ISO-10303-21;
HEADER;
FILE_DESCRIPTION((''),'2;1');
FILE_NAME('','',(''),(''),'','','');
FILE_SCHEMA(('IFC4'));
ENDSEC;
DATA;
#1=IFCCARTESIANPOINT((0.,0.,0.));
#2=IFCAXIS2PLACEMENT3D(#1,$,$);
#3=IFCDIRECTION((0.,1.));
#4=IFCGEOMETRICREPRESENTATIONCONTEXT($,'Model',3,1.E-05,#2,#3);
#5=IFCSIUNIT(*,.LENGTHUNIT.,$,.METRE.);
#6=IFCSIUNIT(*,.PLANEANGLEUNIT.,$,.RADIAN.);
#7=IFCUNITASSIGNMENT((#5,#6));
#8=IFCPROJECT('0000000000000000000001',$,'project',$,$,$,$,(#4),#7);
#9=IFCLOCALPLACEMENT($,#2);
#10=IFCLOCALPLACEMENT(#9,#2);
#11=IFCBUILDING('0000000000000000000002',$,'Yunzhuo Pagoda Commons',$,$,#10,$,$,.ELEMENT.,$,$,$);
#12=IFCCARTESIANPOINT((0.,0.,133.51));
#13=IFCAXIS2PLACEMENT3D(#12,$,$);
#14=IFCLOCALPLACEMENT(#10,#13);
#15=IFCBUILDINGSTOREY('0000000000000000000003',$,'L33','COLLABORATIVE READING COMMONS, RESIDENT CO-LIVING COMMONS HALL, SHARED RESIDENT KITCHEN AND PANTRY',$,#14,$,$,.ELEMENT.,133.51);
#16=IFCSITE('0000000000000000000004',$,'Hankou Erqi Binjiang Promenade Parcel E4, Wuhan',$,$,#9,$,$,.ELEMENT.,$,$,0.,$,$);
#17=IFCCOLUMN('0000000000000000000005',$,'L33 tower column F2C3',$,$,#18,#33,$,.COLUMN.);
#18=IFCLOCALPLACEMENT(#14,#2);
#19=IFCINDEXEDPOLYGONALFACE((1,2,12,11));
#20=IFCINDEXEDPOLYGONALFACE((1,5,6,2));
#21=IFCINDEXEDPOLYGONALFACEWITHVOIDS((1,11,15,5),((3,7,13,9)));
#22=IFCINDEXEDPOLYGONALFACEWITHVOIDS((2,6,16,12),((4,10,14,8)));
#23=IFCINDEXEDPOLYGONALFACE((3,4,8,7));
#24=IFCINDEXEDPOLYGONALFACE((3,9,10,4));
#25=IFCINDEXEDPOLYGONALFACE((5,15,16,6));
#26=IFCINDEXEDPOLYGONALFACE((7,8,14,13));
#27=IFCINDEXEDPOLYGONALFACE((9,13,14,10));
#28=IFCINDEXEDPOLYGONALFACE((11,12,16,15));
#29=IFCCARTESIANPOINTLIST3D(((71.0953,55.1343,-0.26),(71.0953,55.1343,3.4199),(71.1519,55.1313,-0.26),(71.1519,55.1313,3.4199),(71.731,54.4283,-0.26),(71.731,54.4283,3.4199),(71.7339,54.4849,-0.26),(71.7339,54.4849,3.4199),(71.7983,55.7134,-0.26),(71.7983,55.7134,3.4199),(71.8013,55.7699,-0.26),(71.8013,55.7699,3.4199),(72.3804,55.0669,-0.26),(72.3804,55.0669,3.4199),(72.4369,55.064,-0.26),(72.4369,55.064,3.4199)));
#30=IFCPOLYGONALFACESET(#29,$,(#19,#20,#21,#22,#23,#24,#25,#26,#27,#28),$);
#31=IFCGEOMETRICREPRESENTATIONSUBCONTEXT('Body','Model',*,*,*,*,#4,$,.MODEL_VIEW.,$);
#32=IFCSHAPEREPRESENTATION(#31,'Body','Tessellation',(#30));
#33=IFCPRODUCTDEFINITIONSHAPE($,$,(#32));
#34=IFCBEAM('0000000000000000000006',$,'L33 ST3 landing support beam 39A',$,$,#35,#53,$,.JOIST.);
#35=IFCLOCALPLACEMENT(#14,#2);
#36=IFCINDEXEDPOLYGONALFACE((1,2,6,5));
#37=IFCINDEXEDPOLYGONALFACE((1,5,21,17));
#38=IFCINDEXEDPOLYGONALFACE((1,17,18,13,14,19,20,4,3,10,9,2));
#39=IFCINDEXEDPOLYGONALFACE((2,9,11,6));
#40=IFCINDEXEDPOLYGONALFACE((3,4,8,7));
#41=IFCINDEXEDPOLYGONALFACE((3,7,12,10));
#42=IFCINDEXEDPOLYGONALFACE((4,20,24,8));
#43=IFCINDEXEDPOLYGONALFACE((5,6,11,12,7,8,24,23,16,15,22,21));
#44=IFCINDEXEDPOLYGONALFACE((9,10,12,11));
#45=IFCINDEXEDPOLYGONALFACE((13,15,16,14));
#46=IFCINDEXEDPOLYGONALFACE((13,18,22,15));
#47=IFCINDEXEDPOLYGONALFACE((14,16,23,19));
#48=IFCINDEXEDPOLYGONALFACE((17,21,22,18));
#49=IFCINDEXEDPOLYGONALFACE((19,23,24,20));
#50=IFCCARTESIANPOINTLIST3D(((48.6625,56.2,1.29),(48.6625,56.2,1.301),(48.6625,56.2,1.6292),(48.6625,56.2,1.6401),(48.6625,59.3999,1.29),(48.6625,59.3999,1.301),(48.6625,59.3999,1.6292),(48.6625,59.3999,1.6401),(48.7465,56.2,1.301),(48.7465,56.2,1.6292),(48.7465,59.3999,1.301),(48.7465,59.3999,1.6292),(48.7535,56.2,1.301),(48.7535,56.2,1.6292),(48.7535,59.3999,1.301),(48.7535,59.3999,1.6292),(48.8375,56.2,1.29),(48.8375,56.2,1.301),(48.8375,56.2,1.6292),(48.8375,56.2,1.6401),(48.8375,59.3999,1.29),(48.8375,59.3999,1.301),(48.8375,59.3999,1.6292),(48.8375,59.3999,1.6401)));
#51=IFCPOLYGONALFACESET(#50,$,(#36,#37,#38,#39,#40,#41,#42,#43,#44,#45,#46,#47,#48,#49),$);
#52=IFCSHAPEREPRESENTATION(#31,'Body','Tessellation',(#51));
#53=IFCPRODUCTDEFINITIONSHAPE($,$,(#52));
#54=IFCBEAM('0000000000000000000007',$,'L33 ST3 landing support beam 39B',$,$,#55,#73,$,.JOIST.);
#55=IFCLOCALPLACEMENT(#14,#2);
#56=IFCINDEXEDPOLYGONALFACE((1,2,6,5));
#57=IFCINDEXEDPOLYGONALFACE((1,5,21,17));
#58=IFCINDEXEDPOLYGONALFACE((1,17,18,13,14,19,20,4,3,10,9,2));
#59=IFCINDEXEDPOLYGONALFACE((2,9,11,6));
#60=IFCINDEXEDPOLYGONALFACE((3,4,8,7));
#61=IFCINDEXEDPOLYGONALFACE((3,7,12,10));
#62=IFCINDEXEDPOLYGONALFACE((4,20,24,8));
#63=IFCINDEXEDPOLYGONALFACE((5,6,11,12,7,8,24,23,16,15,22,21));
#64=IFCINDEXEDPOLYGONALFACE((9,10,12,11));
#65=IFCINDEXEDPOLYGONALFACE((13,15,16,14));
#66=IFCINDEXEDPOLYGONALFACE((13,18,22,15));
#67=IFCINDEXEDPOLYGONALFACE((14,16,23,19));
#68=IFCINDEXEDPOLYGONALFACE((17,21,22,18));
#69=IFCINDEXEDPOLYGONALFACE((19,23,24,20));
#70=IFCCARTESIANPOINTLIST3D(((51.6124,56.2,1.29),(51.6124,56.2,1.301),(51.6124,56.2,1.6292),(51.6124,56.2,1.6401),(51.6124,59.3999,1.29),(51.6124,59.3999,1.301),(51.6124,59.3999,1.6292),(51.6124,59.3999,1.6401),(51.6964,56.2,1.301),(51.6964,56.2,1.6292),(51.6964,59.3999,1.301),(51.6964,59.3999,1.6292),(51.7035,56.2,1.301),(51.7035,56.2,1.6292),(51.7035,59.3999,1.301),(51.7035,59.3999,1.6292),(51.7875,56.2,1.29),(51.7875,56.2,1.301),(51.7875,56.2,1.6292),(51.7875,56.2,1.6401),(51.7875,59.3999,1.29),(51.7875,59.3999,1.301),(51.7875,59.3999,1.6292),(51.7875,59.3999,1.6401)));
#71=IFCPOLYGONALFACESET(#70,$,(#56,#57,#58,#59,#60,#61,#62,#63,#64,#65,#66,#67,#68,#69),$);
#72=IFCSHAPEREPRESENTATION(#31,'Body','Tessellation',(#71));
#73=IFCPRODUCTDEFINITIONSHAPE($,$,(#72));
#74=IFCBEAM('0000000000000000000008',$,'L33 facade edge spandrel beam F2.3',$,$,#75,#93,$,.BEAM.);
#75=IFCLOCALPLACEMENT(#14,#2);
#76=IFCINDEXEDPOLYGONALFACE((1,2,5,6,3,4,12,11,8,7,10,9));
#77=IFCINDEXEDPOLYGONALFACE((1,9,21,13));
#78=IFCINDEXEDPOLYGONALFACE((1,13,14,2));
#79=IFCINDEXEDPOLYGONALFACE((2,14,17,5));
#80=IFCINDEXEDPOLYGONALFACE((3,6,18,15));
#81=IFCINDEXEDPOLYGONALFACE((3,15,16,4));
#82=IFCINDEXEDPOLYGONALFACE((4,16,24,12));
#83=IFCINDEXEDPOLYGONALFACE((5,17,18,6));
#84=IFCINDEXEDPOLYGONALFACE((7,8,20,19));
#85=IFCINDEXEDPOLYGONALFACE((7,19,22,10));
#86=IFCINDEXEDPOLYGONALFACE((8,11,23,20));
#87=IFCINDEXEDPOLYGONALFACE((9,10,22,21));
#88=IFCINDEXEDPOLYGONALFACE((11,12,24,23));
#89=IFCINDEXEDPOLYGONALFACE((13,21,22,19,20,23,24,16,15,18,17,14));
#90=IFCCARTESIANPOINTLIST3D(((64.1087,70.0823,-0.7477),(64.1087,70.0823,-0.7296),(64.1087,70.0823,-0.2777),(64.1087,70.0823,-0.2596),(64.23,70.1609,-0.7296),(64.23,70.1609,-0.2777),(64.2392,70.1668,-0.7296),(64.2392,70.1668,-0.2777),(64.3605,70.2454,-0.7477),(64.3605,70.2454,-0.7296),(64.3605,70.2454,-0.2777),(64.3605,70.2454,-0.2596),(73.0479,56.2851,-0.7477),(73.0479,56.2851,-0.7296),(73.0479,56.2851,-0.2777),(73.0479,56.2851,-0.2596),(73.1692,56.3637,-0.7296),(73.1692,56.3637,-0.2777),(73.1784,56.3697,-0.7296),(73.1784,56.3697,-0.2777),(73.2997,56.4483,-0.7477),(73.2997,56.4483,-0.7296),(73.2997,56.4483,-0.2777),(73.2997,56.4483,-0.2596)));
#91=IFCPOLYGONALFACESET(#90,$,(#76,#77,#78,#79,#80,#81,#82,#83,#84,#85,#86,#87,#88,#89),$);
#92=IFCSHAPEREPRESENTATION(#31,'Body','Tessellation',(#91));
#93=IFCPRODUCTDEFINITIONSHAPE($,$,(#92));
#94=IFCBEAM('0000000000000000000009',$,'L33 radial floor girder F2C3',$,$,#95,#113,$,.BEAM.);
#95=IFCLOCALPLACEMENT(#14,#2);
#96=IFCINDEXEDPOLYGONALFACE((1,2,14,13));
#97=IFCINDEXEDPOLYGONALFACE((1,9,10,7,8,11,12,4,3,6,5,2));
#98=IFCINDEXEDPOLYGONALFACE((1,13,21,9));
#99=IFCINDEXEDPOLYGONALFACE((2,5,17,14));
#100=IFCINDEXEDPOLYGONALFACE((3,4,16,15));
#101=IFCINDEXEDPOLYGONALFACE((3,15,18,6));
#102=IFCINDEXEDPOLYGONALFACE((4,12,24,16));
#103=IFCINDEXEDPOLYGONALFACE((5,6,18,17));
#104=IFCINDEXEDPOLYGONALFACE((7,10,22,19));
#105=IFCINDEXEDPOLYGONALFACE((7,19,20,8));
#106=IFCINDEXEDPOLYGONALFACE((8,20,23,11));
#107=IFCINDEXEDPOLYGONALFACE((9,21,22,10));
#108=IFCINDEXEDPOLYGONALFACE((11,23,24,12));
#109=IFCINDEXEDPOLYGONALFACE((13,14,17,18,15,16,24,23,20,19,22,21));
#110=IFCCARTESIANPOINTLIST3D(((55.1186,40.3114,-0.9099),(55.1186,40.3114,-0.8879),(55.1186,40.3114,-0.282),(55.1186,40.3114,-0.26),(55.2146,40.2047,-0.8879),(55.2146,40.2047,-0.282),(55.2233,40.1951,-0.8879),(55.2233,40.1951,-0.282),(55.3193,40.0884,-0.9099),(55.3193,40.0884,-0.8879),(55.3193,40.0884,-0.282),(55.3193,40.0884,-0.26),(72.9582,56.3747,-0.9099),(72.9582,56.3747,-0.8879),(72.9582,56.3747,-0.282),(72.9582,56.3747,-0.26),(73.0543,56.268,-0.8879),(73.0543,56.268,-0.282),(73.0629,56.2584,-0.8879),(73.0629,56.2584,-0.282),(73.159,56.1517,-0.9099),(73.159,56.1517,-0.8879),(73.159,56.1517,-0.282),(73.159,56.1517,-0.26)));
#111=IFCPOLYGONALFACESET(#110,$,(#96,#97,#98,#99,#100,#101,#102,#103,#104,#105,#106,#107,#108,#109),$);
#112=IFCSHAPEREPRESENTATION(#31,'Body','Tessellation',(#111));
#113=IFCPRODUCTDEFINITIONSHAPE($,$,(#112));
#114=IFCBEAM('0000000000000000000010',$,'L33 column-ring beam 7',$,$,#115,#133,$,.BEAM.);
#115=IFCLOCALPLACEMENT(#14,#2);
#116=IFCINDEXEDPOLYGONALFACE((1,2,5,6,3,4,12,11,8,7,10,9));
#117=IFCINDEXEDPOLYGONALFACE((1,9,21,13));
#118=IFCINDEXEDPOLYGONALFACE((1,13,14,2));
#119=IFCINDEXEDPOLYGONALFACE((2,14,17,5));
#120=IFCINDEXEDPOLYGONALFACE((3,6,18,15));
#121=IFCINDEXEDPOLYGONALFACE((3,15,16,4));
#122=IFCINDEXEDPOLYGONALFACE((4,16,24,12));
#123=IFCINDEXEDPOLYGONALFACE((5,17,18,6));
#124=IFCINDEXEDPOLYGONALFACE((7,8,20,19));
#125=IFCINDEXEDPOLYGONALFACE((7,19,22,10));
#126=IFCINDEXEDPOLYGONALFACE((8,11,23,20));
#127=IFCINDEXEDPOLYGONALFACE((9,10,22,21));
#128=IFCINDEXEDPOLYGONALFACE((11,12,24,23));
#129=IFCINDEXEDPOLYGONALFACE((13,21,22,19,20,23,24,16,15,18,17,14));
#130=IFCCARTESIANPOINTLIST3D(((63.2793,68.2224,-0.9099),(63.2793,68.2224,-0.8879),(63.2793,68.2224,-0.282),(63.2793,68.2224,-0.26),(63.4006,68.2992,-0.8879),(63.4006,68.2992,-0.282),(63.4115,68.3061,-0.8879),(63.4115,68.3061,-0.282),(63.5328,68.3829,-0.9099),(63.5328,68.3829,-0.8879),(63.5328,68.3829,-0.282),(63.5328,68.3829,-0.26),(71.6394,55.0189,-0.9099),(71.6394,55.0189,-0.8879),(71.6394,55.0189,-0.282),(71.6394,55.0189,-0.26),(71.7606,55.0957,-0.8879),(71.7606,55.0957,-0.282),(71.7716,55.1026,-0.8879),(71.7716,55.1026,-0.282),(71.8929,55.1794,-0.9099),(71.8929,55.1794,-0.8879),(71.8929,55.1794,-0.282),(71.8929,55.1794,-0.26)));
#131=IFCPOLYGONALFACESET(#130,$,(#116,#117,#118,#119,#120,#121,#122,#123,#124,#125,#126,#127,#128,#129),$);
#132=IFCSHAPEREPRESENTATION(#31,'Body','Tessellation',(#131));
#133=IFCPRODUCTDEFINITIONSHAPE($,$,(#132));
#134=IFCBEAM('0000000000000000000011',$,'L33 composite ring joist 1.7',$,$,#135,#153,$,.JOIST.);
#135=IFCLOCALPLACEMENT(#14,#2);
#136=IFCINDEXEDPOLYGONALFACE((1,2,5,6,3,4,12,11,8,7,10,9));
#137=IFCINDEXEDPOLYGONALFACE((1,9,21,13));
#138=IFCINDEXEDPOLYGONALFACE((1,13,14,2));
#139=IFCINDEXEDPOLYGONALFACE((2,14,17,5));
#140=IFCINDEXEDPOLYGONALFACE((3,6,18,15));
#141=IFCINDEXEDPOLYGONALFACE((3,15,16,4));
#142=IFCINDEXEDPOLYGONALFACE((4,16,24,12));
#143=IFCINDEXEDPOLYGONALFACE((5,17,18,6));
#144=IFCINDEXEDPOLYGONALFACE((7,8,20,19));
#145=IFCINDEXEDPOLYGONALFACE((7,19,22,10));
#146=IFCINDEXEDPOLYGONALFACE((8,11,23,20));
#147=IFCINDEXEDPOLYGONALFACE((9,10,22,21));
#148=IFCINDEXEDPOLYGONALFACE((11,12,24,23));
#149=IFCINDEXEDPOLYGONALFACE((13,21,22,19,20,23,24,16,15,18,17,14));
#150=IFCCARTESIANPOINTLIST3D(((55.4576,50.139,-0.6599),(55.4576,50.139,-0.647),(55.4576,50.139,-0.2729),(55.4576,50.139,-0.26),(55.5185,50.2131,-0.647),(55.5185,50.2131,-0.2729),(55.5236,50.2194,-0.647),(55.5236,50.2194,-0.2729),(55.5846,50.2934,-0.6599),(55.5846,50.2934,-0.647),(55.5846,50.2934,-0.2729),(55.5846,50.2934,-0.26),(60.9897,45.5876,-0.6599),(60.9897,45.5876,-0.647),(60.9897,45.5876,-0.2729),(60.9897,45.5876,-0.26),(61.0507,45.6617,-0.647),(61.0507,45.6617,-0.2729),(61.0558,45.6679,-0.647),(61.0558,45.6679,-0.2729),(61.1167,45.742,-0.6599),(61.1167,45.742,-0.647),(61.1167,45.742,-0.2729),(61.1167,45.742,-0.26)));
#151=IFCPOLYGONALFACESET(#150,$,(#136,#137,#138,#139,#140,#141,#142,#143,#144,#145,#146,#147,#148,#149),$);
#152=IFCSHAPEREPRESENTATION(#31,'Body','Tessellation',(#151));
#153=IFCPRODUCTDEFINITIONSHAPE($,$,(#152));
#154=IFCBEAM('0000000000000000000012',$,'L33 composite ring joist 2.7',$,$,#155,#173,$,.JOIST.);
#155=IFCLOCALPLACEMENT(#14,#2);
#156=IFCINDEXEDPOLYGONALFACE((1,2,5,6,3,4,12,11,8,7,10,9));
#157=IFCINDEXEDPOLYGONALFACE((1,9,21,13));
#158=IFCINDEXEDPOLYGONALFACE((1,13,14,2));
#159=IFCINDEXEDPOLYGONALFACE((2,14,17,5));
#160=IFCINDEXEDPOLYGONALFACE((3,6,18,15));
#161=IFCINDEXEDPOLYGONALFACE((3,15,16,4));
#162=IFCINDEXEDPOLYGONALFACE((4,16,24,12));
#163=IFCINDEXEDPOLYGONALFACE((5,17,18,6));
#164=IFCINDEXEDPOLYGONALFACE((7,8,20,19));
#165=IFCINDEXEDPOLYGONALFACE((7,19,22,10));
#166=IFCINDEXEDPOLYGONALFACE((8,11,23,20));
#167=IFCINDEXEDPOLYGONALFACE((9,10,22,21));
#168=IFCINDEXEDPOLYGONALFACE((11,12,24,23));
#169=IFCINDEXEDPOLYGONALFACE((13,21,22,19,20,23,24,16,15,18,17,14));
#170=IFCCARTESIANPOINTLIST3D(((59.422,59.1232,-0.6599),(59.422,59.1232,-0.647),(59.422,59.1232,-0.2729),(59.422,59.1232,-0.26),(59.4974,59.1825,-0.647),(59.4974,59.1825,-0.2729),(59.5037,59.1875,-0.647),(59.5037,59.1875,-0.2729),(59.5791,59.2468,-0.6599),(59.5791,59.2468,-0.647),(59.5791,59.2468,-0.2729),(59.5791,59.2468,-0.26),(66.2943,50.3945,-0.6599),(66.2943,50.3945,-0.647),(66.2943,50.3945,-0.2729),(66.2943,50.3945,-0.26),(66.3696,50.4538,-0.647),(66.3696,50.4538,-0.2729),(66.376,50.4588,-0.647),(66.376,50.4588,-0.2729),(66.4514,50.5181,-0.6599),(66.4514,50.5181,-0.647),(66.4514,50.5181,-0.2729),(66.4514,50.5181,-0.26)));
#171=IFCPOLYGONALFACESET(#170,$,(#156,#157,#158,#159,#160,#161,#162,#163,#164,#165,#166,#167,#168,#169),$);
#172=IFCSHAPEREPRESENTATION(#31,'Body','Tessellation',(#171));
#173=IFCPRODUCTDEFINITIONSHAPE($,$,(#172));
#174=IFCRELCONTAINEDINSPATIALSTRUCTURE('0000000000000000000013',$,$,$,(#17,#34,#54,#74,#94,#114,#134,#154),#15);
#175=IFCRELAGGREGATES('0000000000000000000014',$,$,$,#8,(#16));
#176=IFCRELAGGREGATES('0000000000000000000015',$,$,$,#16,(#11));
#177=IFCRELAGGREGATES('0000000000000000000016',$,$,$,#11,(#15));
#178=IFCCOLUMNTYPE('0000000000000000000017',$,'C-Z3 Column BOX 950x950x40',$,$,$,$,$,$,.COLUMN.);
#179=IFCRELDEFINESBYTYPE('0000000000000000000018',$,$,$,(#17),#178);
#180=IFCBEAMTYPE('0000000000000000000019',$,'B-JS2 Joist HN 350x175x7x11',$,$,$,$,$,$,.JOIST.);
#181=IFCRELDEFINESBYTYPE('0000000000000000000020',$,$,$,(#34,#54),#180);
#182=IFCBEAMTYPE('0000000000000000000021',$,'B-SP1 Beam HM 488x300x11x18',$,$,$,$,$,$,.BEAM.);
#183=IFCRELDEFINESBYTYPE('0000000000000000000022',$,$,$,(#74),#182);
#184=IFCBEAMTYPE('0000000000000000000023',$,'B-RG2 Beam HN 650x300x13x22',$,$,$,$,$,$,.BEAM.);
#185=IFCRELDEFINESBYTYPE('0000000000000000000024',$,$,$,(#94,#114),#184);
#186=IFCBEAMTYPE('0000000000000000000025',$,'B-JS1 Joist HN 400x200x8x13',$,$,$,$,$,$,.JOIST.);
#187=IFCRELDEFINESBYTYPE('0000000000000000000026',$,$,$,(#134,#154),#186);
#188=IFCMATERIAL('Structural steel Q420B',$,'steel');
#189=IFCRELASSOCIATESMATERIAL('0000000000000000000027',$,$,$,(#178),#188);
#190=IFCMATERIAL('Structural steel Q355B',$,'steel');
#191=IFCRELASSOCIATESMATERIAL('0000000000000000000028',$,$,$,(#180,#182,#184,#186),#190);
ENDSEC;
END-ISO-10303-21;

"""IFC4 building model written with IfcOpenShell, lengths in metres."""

from ifc_helpers import new_model, si_unit, direction, frame, origin, origin_2d, place, context, subcontext, project, spatial, hollow_rectangle, i_section, extrude, source, transform, mapped, material, material_profile, profile_set, type_object, element, save


model = new_model("IFC4")

# Units and contexts
model_context = context("Model", 3, precision=1e-05, world=origin(), true_north=direction((0.0, 1.0)))
body_context = subcontext(model_context, "Body", "Model", "MODEL_VIEW")
ifc_project = project(units=[si_unit("LENGTHUNIT", "METRE"), si_unit("PLANEANGLEUNIT", "RADIAN")], contexts=[model_context])

# Site, building, storey
site_placement = place(None, origin())
site = spatial("IfcSite", under=ifc_project, at=site_placement, Name="Hankou Erqi Binjiang Promenade Parcel E4, Wuhan", CompositionType="ELEMENT", RefElevation=0.0)
building_placement = place(site_placement, origin())
building = spatial("IfcBuilding", under=site, at=building_placement, Name="Yunzhuo Pagoda Commons", CompositionType="ELEMENT")
storey_placement = place(building_placement, frame((0.0, 0.0, 133.51)))
storey = spatial("IfcBuildingStorey", under=building, at=storey_placement, Name="L33", Description="COLLABORATIVE READING COMMONS, RESIDENT CO-LIVING COMMONS HALL, SHARED RESIDENT KITCHEN AND PANTRY", CompositionType="ELEMENT", Elevation=133.51)

# Column
ifc_material_1 = material(Name="Structural steel Q420B", Category="steel")
ifc_material_profile_1 = material_profile(ifc_material_1, hollow_rectangle(XDim=0.95, YDim=0.95, WallThickness=0.04, at=origin_2d()), Name="Structural steel Q420B")
ifc_profile_set_1 = profile_set([ifc_material_profile_1], Name="Structural steel Q420B")
column_type = type_object("IfcColumnType", Name="C-Z3 Column BOX 950x950x40", PredefinedType="COLUMN", material=ifc_profile_set_1)
shared_shape_1 = source(origin(), body_context, "Body", "SweptSolid", [
    extrude(hollow_rectangle(XDim=0.95, YDim=0.95, WallThickness=0.04, at=origin_2d()), origin(), (0.0, 0.0, 1.0), 3.6799),
])
column_placement = place(storey_placement, frame((71.7661, 55.0991, -0.26), z_axis=(0.0, 0.0, 1.0), x_axis=(-0.669131, 0.743145, 0.0)))
element("IfcColumn", 1, at=column_placement, inside=storey, type_object=column_type, Name="L33 tower column F2C3", PredefinedType="COLUMN", context=body_context, shape_type="MappedRepresentation", body=[
    mapped(shared_shape_1, transform((0.0, 0.0, 0.0), scale=1.0)),
])

# Beams
ifc_material_2 = material(Name="Structural steel Q355B", Category="steel")
ifc_material_profile_2 = material_profile(ifc_material_2, i_section(OverallWidth=0.175, OverallDepth=0.3501, WebThickness=0.0071, FlangeThickness=0.011, at=origin_2d()), Name="Structural steel Q355B")
ifc_profile_set_2 = profile_set([ifc_material_profile_2], Name="Structural steel Q355B")
beam_type_1 = type_object("IfcBeamType", Name="B-JS2 Joist HN 350x175x7x11", PredefinedType="JOIST", material=ifc_profile_set_2)
shared_shape_2 = source(origin(), body_context, "Body", "SweptSolid", [
    extrude(i_section(OverallWidth=0.175, OverallDepth=0.3501, WebThickness=0.0071, FlangeThickness=0.011, at=origin_2d()), origin(), (0.0, 0.0, 1.0), 3.2),
])
for number, where, z_axis, x_axis, name in (
    (2, (48.75, 56.2, 1.4651), (0.0, 1.0, 0.0), (-1.0, 0.0, 0.0), "L33 ST3 landing support beam 39A"),
    (3, (51.7, 56.2, 1.4651), (0.0, 1.0, 0.0), (-1.0, 0.0, 0.0), "L33 ST3 landing support beam 39B"),
):
    element("IfcBeam", number, at=place(storey_placement, frame(where, z_axis=z_axis, x_axis=x_axis)), inside=storey, type_object=beam_type_1, Name=name, PredefinedType="JOIST", context=body_context, shape_type="MappedRepresentation", body=[
        mapped(shared_shape_2, transform((0.0, 0.0, 0.0), scale=1.0)),
    ])
ifc_material_profile_3 = material_profile(ifc_material_2, i_section(OverallWidth=0.3, OverallDepth=0.488, WebThickness=0.011, FlangeThickness=0.0181, at=origin_2d()), Name="Structural steel Q355B")
ifc_profile_set_3 = profile_set([ifc_material_profile_3], Name="Structural steel Q355B")
beam_type_2 = type_object("IfcBeamType", Name="B-SP1 Beam HM 488x300x11x18", PredefinedType="BEAM", material=ifc_profile_set_3)
shared_shape_3 = source(origin(), body_context, "Body", "SweptSolid", [
    extrude(i_section(OverallWidth=0.3, OverallDepth=0.488, WebThickness=0.011, FlangeThickness=0.0181, at=origin_2d()), origin(), (0.0, 0.0, 1.0), 16.4399),
])
beam_1_placement = place(storey_placement, frame((73.1738, 56.3667, -0.5037), z_axis=(-0.543751, 0.839246, 0.0), x_axis=(-0.839246, -0.543751, 0.0)))
element("IfcBeam", 4, at=beam_1_placement, inside=storey, type_object=beam_type_2, Name="L33 facade edge spandrel beam F2.3", PredefinedType="BEAM", context=body_context, shape_type="MappedRepresentation", body=[
    mapped(shared_shape_3, transform((0.0, 0.0, 0.0), scale=1.0)),
])
ifc_material_profile_4 = material_profile(ifc_material_2, i_section(OverallWidth=0.3, OverallDepth=0.6499, WebThickness=0.0129, FlangeThickness=0.022, at=origin_2d()), Name="Structural steel Q355B")
ifc_profile_set_4 = profile_set([ifc_material_profile_4], Name="Structural steel Q355B")
beam_type_3 = type_object("IfcBeamType", Name="B-RG2 Beam HN 650x300x13x22", PredefinedType="BEAM", material=ifc_profile_set_4)
shared_shape_4 = source(origin(), body_context, "Body", "SweptSolid", [
    extrude(i_section(OverallWidth=0.3, OverallDepth=0.6499, WebThickness=0.0129, FlangeThickness=0.022, at=origin_2d()), origin(), (0.0, 0.0, 1.0), 24.0059),
])
beam_2_placement = place(storey_placement, frame((73.0586, 56.2632, -0.585), z_axis=(-0.743137, -0.669139, 0.0), x_axis=(0.669139, -0.743137, 0.0)))
element("IfcBeam", 5, at=beam_2_placement, inside=storey, type_object=beam_type_3, Name="L33 radial floor girder F2C3", PredefinedType="BEAM", context=body_context, shape_type="MappedRepresentation", body=[
    mapped(shared_shape_4, transform((0.0, 0.0, 0.0), scale=1.0)),
])
shared_shape_5 = source(origin(), body_context, "Body", "SweptSolid", [
    extrude(i_section(OverallWidth=0.3, OverallDepth=0.6499, WebThickness=0.0129, FlangeThickness=0.022, at=origin_2d()), origin(), (0.0, 0.0, 1.0), 15.6277),
])
beam_3_placement = place(storey_placement, frame((71.7661, 55.0991, -0.585), z_axis=(-0.534952, 0.844882, 0.0), x_axis=(-0.844882, -0.534952, 0.0)))
element("IfcBeam", 6, at=beam_3_placement, inside=storey, type_object=beam_type_3, Name="L33 column-ring beam 7", PredefinedType="BEAM", context=body_context, shape_type="MappedRepresentation", body=[
    mapped(shared_shape_5, transform((0.0, 0.0, 0.0), scale=1.0)),
])
ifc_material_profile_5 = material_profile(ifc_material_2, i_section(OverallWidth=0.2, OverallDepth=0.3999, WebThickness=0.0081, FlangeThickness=0.0129, at=origin_2d()), Name="Structural steel Q355B")
ifc_profile_set_5 = profile_set([ifc_material_profile_5], Name="Structural steel Q355B")
beam_type_4 = type_object("IfcBeamType", Name="B-JS1 Joist HN 400x200x8x13", PredefinedType="JOIST", material=ifc_profile_set_5)
shared_shape_6 = source(origin(), body_context, "Body", "SweptSolid", [
    extrude(i_section(OverallWidth=0.2, OverallDepth=0.3999, WebThickness=0.0081, FlangeThickness=0.0129, at=origin_2d()), origin(), (0.0, 0.0, 1.0), 7.1638),
])
beam_4_placement = place(storey_placement, frame((61.0532, 45.6648, -0.46), z_axis=(-0.772234, 0.635338, 0.0), x_axis=(-0.635338, -0.772234, 0.0)))
element("IfcBeam", 7, at=beam_4_placement, inside=storey, type_object=beam_type_4, Name="L33 composite ring joist 1.7", PredefinedType="JOIST", context=body_context, shape_type="MappedRepresentation", body=[
    mapped(shared_shape_6, transform((0.0, 0.0, 0.0), scale=1.0)),
])
shared_shape_7 = source(origin(), body_context, "Body", "SweptSolid", [
    extrude(i_section(OverallWidth=0.2, OverallDepth=0.3999, WebThickness=0.0081, FlangeThickness=0.0129, at=origin_2d()), origin(), (0.0, 0.0, 1.0), 11.1094),
])
beam_5_placement = place(storey_placement, frame((66.3728, 50.4563, -0.46), z_axis=(-0.618601, 0.785706, 0.0), x_axis=(-0.785706, -0.618601, 0.0)))
element("IfcBeam", 8, at=beam_5_placement, inside=storey, type_object=beam_type_4, Name="L33 composite ring joist 2.7", PredefinedType="JOIST", context=body_context, shape_type="MappedRepresentation", body=[
    mapped(shared_shape_7, transform((0.0, 0.0, 0.0), scale=1.0)),
])

save(model, "model.ifc")
